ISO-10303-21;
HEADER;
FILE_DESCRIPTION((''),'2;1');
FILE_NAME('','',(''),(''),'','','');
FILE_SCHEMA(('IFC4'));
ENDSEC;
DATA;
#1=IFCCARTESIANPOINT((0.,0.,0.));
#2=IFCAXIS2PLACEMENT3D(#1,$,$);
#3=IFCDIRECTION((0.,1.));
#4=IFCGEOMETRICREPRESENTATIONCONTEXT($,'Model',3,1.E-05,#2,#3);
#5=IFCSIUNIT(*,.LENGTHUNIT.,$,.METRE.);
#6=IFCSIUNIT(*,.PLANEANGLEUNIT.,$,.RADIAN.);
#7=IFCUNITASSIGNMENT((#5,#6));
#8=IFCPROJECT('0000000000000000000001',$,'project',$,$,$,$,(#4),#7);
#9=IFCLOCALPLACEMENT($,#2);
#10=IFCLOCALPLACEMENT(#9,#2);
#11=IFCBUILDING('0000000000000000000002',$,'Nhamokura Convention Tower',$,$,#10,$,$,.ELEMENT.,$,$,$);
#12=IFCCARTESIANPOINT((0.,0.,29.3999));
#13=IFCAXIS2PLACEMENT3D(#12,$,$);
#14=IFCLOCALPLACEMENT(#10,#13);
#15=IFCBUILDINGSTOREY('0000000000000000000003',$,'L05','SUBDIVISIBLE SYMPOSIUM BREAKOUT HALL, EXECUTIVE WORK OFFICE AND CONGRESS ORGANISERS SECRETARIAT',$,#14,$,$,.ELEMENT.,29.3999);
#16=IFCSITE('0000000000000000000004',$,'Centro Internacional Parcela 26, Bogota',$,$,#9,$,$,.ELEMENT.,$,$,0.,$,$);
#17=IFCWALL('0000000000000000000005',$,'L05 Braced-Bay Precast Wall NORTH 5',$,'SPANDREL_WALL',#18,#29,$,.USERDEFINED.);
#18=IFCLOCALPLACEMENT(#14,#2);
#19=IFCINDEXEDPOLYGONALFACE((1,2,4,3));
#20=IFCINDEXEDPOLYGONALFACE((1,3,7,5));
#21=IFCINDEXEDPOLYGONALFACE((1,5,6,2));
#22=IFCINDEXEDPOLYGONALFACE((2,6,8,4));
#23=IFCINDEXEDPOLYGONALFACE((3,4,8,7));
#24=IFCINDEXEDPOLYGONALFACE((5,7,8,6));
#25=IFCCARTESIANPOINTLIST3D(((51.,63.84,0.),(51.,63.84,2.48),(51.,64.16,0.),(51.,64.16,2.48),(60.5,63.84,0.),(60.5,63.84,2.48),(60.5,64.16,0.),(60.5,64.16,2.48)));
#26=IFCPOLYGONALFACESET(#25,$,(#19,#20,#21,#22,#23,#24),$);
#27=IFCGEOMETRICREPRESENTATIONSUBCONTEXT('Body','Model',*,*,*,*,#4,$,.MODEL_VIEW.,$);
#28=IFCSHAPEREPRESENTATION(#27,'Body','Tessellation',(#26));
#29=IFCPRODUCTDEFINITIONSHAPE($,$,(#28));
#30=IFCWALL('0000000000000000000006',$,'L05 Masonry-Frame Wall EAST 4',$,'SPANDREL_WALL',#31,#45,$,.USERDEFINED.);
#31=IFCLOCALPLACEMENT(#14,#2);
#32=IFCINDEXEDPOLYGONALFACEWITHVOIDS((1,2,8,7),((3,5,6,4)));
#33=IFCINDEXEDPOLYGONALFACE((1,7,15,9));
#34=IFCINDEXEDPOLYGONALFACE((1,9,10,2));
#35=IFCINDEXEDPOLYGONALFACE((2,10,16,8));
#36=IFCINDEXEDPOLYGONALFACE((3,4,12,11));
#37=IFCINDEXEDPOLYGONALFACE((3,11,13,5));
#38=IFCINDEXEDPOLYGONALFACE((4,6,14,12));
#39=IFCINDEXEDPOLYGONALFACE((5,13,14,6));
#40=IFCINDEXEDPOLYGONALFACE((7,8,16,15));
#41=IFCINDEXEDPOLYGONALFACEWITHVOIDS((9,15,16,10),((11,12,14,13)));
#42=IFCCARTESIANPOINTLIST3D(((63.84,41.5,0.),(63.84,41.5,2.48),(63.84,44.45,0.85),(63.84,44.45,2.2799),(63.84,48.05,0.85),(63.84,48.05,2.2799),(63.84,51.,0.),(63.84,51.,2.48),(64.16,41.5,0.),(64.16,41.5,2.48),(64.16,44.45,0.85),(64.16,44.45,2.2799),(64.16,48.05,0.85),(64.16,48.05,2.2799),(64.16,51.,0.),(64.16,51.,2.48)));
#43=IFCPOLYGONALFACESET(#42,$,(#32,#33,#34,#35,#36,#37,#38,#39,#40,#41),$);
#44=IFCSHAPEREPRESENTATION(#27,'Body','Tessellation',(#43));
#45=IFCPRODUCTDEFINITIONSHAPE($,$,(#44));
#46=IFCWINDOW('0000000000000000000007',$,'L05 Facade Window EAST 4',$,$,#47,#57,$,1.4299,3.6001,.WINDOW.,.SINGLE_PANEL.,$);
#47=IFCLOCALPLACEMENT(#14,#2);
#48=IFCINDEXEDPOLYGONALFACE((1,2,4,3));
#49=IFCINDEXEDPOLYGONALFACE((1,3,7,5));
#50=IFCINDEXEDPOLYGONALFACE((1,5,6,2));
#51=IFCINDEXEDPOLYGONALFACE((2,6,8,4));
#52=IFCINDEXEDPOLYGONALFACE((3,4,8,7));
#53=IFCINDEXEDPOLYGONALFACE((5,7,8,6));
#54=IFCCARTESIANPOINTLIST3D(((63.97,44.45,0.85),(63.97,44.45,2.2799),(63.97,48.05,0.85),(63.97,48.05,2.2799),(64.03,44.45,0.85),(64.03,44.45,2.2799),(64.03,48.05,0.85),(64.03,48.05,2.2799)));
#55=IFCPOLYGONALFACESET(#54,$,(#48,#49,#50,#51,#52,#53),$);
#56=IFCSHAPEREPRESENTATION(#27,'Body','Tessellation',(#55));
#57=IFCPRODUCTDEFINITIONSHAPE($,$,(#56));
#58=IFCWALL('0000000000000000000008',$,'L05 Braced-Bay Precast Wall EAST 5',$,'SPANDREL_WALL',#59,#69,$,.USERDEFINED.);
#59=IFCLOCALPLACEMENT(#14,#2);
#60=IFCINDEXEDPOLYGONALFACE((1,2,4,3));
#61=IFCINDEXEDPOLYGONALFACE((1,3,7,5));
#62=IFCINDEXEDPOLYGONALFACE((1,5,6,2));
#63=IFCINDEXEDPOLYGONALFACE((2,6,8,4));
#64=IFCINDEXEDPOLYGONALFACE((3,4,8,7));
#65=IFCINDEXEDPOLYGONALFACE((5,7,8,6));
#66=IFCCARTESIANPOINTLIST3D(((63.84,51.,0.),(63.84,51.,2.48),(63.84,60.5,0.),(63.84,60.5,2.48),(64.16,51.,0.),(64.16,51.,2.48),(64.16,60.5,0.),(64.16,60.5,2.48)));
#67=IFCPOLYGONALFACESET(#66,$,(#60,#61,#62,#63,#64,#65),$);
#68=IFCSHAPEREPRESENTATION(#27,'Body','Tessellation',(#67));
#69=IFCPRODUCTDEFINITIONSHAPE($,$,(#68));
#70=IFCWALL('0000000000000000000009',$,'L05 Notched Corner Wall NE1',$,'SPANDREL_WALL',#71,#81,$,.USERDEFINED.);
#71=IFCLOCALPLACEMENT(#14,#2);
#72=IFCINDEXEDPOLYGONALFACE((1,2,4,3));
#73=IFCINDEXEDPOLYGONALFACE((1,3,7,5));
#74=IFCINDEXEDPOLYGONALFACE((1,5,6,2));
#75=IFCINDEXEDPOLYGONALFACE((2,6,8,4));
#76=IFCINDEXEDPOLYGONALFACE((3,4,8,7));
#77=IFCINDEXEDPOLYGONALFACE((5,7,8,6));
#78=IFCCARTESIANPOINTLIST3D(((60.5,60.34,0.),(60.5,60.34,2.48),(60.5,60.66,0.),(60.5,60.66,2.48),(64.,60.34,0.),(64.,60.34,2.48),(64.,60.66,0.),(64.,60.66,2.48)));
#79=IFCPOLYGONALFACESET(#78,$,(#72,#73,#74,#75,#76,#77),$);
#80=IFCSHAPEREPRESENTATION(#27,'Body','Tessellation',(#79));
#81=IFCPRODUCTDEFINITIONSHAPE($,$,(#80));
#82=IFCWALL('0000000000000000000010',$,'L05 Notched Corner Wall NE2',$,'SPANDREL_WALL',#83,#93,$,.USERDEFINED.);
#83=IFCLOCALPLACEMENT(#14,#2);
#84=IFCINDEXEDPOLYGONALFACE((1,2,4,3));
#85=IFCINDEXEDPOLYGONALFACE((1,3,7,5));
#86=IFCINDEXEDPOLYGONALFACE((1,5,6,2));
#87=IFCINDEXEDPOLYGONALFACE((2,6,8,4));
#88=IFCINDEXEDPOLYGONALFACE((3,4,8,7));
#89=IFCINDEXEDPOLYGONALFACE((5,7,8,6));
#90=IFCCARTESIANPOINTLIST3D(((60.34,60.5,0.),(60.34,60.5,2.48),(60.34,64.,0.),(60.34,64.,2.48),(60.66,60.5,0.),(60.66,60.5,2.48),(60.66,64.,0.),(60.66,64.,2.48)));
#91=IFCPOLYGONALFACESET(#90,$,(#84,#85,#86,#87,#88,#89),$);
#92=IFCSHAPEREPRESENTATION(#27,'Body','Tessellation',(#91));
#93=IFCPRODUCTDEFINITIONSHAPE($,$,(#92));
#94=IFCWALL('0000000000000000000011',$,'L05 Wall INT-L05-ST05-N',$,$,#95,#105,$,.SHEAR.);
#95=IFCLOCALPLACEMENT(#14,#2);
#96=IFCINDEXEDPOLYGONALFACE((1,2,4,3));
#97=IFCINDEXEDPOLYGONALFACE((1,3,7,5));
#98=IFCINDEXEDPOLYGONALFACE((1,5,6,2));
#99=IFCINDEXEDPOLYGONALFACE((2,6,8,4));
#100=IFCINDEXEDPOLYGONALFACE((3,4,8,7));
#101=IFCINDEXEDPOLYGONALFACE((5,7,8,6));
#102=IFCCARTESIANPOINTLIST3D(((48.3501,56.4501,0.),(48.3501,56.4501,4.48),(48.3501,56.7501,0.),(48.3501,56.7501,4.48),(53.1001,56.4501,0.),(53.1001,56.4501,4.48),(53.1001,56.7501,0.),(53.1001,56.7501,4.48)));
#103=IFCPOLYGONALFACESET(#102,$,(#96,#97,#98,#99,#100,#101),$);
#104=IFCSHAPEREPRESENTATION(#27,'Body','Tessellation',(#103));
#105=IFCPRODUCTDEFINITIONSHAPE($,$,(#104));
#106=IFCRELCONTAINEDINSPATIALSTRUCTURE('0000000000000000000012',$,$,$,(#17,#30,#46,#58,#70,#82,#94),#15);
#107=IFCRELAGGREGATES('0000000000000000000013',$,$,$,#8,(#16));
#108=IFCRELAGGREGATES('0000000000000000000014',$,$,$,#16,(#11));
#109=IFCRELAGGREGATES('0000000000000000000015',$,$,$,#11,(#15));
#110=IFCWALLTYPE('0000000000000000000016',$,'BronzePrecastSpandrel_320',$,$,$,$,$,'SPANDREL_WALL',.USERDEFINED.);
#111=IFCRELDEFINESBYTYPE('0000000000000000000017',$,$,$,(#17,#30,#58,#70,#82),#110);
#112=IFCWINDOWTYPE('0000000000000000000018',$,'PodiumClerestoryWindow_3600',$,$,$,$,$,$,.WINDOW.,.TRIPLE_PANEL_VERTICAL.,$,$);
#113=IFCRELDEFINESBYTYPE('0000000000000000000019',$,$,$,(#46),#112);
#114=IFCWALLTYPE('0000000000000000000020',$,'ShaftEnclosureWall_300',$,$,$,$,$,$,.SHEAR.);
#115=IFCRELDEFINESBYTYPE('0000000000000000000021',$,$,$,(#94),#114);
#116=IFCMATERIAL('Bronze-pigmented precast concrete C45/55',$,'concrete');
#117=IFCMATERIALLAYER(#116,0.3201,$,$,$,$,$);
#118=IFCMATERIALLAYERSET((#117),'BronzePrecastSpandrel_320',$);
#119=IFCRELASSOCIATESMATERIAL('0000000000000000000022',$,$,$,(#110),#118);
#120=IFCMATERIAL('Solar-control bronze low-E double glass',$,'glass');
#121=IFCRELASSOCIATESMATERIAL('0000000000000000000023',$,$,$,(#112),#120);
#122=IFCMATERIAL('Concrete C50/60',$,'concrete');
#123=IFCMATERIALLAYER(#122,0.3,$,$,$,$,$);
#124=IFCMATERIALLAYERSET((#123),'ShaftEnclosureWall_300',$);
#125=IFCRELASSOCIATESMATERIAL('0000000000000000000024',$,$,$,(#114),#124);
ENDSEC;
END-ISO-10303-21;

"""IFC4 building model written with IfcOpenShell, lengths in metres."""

from ifc_helpers import new_model, si_unit, direction, frame, frame_2d, origin, place, context, subcontext, project, spatial, rectangle, extrude, material, layer, layer_set, type_object, element, fill, save


model = new_model("IFC4")

# Units and contexts
model_context = context("Model", 3, precision=1e-05, world=origin(), true_north=direction((0.0, 1.0)))
body_context = subcontext(model_context, "Body", "Model", "MODEL_VIEW")
ifc_project = project(units=[si_unit("LENGTHUNIT", "METRE"), si_unit("PLANEANGLEUNIT", "RADIAN")], contexts=[model_context])

# Site, building, storey
site_placement = place(None, origin())
site = spatial("IfcSite", under=ifc_project, at=site_placement, Name="Centro Internacional Parcela 26, Bogota", CompositionType="ELEMENT", RefElevation=0.0)
building_placement = place(site_placement, origin())
building = spatial("IfcBuilding", under=site, at=building_placement, Name="Nhamokura Convention Tower", CompositionType="ELEMENT")
storey_placement = place(building_placement, frame((0.0, 0.0, 29.3999)))
storey = spatial("IfcBuildingStorey", under=building, at=storey_placement, Name="L05", Description="SUBDIVISIBLE SYMPOSIUM BREAKOUT HALL, EXECUTIVE WORK OFFICE AND CONGRESS ORGANISERS SECRETARIAT", CompositionType="ELEMENT", Elevation=29.3999)

# Wall
ifc_material_1 = material(Name="Bronze-pigmented precast concrete C45/55", Category="concrete")
ifc_layer_1 = layer(ifc_material_1, 0.3201)
ifc_layer_set_1 = layer_set([ifc_layer_1], Name="BronzePrecastSpandrel_320")
wall_type_1 = type_object("IfcWallType", Name="BronzePrecastSpandrel_320", ElementType="SPANDREL_WALL", PredefinedType="USERDEFINED", material=ifc_layer_set_1)
wall_1_placement = place(storey_placement, frame((51.0, 64.0, 0.0), z_axis=(0.0, 0.0, 1.0), x_axis=(1.0, 0.0, 0.0)))
element("IfcWall", 1, at=wall_1_placement, inside=storey, type_object=wall_type_1, Name="L05 Braced-Bay Precast Wall NORTH 5", ObjectType="SPANDREL_WALL", PredefinedType="USERDEFINED", context=body_context, shape_type="SweptSolid", body=[
    extrude(rectangle(XDim=9.5, YDim=0.3201, at=frame_2d((4.75, 0.0))), origin(), (0.0, 0.0, 1.0), 2.48),
])

# Wall, opening, window
wall_2_placement = place(storey_placement, frame((64.0, 51.0, 0.0), z_axis=(0.0, 0.0, 1.0), x_axis=(0.0, -1.0, 0.0)))
wall_2 = element("IfcWall", 2, at=wall_2_placement, inside=storey, type_object=wall_type_1, Name="L05 Masonry-Frame Wall EAST 4", ObjectType="SPANDREL_WALL", PredefinedType="USERDEFINED", context=body_context, shape_type="SweptSolid", body=[
    extrude(rectangle(XDim=9.5, YDim=0.3201, at=frame_2d((4.75, 0.0))), origin(), (0.0, 0.0, 1.0), 2.48),
])
opening_placement = place(wall_2_placement, frame((2.95, 0.0, 0.8501)))
opening = element("IfcOpeningElement", 3, at=opening_placement, cuts=wall_2, PredefinedType="OPENING", context=body_context, shape_type="SweptSolid", body=[
    extrude(rectangle(XDim=3.6001, YDim=1.4299, at=frame_2d((1.8, 0.7148))), frame((0.0, 0.1699, 0.0), z_axis=(0.0, -1.0, 0.0), x_axis=(1.0, 0.0, 0.0)), (0.0, 0.0, 1.0), 0.3401),
])
ifc_material_2 = material(Name="Solar-control bronze low-E double glass", Category="glass")
window_type = type_object("IfcWindowType", Name="PodiumClerestoryWindow_3600", PartitioningType="TRIPLE_PANEL_VERTICAL", PredefinedType="WINDOW", material=ifc_material_2)
window_placement = place(opening_placement, origin())
window = element("IfcWindow", 4, at=window_placement, inside=storey, type_object=window_type, Name="L05 Facade Window EAST 4", OverallHeight=1.4299, OverallWidth=3.6001, PartitioningType="SINGLE_PANEL", PredefinedType="WINDOW", context=body_context, shape_type="SweptSolid", body=[
    extrude(rectangle(XDim=3.6001, YDim=1.4299, at=frame_2d((1.8, 0.7148))), frame((0.0, 0.03, 0.0), z_axis=(0.0, -1.0, 0.0), x_axis=(1.0, 0.0, 0.0)), (0.0, 0.0, 1.0), 0.0601),
])
fill(opening, window)

# Walls
wall_3_placement = place(storey_placement, frame((64.0, 60.5, 0.0), z_axis=(0.0, 0.0, 1.0), x_axis=(0.0, -1.0, 0.0)))
element("IfcWall", 5, at=wall_3_placement, inside=storey, type_object=wall_type_1, Name="L05 Braced-Bay Precast Wall EAST 5", ObjectType="SPANDREL_WALL", PredefinedType="USERDEFINED", context=body_context, shape_type="SweptSolid", body=[
    extrude(rectangle(XDim=9.5, YDim=0.3201, at=frame_2d((4.75, 0.0))), origin(), (0.0, 0.0, 1.0), 2.48),
])
for number, where, z_axis, x_axis, name in (
    (6, (60.5, 60.5, 0.0), (0.0, 0.0, 1.0), (1.0, 0.0, 0.0), "L05 Notched Corner Wall NE1"),
    (7, (60.5, 64.0, 0.0), (0.0, 0.0, 1.0), (0.0, -1.0, 0.0), "L05 Notched Corner Wall NE2"),
):
    element("IfcWall", number, at=place(storey_placement, frame(where, z_axis=z_axis, x_axis=x_axis)), inside=storey, type_object=wall_type_1, Name=name, ObjectType="SPANDREL_WALL", PredefinedType="USERDEFINED", context=body_context, shape_type="SweptSolid", body=[
        extrude(rectangle(XDim=3.5, YDim=0.3201, at=frame_2d((1.75, 0.0))), origin(), (0.0, 0.0, 1.0), 2.48),
    ])
ifc_material_3 = material(Name="Concrete C50/60", Category="concrete")
ifc_layer_2 = layer(ifc_material_3, 0.3)
ifc_layer_set_2 = layer_set([ifc_layer_2], Name="ShaftEnclosureWall_300")
wall_type_2 = type_object("IfcWallType", Name="ShaftEnclosureWall_300", PredefinedType="SHEAR", material=ifc_layer_set_2)
wall_4_placement = place(storey_placement, frame((48.3501, 56.6001, 0.0), z_axis=(0.0, 0.0, 1.0), x_axis=(1.0, 0.0, 0.0)))
element("IfcWall", 8, at=wall_4_placement, inside=storey, type_object=wall_type_2, Name="L05 Wall INT-L05-ST05-N", PredefinedType="SHEAR", context=body_context, shape_type="SweptSolid", body=[
    extrude(rectangle(XDim=4.75, YDim=0.3, at=frame_2d((2.375, 0.0))), origin(), (0.0, 0.0, 1.0), 4.48),
])

save(model, "model.ifc")
